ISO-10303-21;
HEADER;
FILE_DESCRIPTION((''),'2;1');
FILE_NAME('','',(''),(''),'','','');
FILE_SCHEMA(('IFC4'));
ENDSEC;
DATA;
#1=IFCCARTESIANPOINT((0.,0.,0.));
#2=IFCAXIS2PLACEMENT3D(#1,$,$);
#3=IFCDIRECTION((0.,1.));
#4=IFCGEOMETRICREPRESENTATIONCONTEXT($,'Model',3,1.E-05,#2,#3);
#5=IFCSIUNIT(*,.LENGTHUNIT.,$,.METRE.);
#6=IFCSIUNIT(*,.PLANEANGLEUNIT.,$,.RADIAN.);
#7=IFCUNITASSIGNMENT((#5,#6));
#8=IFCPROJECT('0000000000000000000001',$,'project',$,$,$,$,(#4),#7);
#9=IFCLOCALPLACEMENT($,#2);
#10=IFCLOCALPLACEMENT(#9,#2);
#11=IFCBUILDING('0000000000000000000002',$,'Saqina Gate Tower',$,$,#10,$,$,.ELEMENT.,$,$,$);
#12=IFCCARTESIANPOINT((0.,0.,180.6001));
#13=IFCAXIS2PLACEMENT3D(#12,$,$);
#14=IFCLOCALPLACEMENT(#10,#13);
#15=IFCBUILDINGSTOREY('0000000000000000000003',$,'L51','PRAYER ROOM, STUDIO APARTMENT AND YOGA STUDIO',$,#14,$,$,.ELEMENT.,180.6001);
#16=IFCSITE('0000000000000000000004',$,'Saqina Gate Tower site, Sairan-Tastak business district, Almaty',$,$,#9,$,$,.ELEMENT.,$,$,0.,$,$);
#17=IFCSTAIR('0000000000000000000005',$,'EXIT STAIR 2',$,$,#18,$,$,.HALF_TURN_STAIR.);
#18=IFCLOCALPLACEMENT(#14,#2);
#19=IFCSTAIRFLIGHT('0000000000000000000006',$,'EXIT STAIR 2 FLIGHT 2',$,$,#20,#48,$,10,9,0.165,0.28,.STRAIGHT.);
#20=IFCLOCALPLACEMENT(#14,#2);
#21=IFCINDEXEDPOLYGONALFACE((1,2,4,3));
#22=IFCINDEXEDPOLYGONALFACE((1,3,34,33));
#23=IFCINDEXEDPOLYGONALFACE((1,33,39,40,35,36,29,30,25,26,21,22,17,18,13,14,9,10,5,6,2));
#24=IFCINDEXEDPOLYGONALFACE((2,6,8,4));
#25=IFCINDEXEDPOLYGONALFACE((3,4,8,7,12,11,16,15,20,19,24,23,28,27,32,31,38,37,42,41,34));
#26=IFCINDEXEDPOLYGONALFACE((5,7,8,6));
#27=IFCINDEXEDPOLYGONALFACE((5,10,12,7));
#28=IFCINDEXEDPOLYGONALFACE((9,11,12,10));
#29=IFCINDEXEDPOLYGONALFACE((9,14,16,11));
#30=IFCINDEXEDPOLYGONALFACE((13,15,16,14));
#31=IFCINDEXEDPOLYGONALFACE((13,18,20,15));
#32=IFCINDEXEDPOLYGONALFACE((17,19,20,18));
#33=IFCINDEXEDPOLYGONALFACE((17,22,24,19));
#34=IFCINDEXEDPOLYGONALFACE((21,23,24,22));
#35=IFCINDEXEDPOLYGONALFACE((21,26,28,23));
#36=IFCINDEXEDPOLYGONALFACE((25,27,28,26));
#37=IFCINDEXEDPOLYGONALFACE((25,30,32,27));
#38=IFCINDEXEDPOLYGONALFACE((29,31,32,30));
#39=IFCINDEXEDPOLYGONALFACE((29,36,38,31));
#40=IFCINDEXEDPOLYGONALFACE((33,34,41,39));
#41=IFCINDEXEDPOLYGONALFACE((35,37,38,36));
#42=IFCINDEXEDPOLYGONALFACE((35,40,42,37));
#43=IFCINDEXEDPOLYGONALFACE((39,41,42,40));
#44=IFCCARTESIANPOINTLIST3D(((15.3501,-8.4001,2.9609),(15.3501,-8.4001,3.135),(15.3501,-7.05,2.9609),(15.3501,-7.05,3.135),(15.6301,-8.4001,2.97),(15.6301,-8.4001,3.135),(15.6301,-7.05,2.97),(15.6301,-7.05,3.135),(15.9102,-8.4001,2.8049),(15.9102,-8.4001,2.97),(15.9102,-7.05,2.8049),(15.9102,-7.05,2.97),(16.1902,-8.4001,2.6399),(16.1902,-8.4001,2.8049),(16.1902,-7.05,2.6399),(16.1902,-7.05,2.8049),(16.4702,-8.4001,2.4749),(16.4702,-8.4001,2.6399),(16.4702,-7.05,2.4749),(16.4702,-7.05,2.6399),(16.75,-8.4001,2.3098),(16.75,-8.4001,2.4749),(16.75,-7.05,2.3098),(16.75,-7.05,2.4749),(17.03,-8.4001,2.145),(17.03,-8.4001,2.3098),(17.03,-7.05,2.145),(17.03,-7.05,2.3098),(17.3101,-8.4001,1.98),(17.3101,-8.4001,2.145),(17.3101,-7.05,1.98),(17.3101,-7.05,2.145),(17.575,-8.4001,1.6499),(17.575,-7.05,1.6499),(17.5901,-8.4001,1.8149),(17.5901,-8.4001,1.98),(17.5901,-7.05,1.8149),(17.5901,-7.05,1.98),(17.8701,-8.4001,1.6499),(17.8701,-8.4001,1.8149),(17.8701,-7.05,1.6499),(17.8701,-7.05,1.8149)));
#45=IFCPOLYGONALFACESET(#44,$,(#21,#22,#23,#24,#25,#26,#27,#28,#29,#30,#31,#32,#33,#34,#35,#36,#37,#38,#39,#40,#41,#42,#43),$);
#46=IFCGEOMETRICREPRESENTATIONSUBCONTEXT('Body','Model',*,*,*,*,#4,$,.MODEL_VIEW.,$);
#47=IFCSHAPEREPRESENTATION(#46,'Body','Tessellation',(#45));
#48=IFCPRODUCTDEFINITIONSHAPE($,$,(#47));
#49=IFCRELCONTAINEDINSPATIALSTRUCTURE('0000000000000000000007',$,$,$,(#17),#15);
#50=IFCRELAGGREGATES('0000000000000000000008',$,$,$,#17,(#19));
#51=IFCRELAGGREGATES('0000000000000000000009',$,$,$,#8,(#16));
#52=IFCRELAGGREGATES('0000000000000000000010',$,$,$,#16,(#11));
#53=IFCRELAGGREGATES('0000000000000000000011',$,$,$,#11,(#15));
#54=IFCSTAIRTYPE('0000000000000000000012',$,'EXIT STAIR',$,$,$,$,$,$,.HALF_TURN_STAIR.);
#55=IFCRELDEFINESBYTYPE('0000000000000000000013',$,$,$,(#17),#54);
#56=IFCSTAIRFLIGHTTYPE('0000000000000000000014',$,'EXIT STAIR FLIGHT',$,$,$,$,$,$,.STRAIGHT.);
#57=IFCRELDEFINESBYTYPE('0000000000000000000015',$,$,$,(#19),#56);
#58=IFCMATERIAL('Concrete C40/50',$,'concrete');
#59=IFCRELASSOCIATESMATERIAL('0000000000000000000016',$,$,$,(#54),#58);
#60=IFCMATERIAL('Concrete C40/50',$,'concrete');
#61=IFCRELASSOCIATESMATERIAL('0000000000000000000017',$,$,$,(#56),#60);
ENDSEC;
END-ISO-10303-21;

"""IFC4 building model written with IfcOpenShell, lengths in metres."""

from ifc_helpers import new_model, si_unit, direction, frame, origin, place, context, subcontext, project, spatial, polyline, outline, extrude, material, type_object, element, aggregate, save


model = new_model("IFC4")

# Units and contexts
model_context = context("Model", 3, precision=1e-05, world=origin(), true_north=direction((0.0, 1.0)))
body_context = subcontext(model_context, "Body", "Model", "MODEL_VIEW")
ifc_project = project(units=[si_unit("LENGTHUNIT", "METRE"), si_unit("PLANEANGLEUNIT", "RADIAN")], contexts=[model_context])

# Site, building, storey
site_placement = place(None, origin())
site = spatial("IfcSite", under=ifc_project, at=site_placement, Name="Saqina Gate Tower site, Sairan-Tastak business district, Almaty", CompositionType="ELEMENT", RefElevation=0.0)
building_placement = place(site_placement, origin())
building = spatial("IfcBuilding", under=site, at=building_placement, Name="Saqina Gate Tower", CompositionType="ELEMENT")
storey_placement = place(building_placement, frame((0.0, 0.0, 180.6001)))
storey = spatial("IfcBuildingStorey", under=building, at=storey_placement, Name="L51", Description="PRAYER ROOM, STUDIO APARTMENT AND YOGA STUDIO", CompositionType="ELEMENT", Elevation=180.6001)

# Stair, stair flight
ifc_material_1 = material(Name="Concrete C40/50", Category="concrete")
stair_type = type_object("IfcStairType", Name="EXIT STAIR", PredefinedType="HALF_TURN_STAIR", material=ifc_material_1)
stair_placement = place(storey_placement, origin())
stair = element("IfcStair", 1, at=stair_placement, inside=storey, type_object=stair_type, Name="EXIT STAIR 2", PredefinedType="HALF_TURN_STAIR")
ifc_material_2 = material(Name="Concrete C40/50", Category="concrete")
stair_flight_type = type_object("IfcStairFlightType", Name="EXIT STAIR FLIGHT", PredefinedType="STRAIGHT", material=ifc_material_2)
stair_flight_1_placement = place(storey_placement, frame((17.8701, -7.7251, 1.6499), z_axis=(0.0, 0.0, 1.0), x_axis=(-1.0, 0.0, 0.0)))
stair_flight_1 = element("IfcStairFlight", 2, at=stair_flight_1_placement, type_object=stair_flight_type, Name="EXIT STAIR 2 FLIGHT 2", NumberOfRisers=10, NumberOfTreads=9, PredefinedType="STRAIGHT", RiserHeight=0.165, TreadLength=0.28, context=body_context, shape_type="SweptSolid", body=[
    extrude(outline(polyline([(0.0, 0.0), (0.0, 0.165), (0.28, 0.165), (0.28, 0.3301), (0.5601, 0.3301), (0.5601, 0.4951), (0.8401, 0.4951), (0.8401, 0.6599), (1.1201, 0.6599), (1.1201, 0.825), (1.3999, 0.825), (1.3999, 0.99), (1.6799, 0.99), (1.6799, 1.155), (1.96, 1.155), (1.96, 1.3201), (2.24, 1.3201), (2.24, 1.4851), (2.52, 1.4851), (2.52, 1.6499), (2.52, 1.311), (0.2952, 0.0), (0.0, 0.0)])), frame((0.0, 0.675, 0.0), z_axis=(0.0, -1.0, 0.0), x_axis=(1.0, 0.0, 0.0)), (0.0, 0.0, 1.0), 1.3501),
])
aggregate(stair, [stair_flight_1])

save(model, "model.ifc")
